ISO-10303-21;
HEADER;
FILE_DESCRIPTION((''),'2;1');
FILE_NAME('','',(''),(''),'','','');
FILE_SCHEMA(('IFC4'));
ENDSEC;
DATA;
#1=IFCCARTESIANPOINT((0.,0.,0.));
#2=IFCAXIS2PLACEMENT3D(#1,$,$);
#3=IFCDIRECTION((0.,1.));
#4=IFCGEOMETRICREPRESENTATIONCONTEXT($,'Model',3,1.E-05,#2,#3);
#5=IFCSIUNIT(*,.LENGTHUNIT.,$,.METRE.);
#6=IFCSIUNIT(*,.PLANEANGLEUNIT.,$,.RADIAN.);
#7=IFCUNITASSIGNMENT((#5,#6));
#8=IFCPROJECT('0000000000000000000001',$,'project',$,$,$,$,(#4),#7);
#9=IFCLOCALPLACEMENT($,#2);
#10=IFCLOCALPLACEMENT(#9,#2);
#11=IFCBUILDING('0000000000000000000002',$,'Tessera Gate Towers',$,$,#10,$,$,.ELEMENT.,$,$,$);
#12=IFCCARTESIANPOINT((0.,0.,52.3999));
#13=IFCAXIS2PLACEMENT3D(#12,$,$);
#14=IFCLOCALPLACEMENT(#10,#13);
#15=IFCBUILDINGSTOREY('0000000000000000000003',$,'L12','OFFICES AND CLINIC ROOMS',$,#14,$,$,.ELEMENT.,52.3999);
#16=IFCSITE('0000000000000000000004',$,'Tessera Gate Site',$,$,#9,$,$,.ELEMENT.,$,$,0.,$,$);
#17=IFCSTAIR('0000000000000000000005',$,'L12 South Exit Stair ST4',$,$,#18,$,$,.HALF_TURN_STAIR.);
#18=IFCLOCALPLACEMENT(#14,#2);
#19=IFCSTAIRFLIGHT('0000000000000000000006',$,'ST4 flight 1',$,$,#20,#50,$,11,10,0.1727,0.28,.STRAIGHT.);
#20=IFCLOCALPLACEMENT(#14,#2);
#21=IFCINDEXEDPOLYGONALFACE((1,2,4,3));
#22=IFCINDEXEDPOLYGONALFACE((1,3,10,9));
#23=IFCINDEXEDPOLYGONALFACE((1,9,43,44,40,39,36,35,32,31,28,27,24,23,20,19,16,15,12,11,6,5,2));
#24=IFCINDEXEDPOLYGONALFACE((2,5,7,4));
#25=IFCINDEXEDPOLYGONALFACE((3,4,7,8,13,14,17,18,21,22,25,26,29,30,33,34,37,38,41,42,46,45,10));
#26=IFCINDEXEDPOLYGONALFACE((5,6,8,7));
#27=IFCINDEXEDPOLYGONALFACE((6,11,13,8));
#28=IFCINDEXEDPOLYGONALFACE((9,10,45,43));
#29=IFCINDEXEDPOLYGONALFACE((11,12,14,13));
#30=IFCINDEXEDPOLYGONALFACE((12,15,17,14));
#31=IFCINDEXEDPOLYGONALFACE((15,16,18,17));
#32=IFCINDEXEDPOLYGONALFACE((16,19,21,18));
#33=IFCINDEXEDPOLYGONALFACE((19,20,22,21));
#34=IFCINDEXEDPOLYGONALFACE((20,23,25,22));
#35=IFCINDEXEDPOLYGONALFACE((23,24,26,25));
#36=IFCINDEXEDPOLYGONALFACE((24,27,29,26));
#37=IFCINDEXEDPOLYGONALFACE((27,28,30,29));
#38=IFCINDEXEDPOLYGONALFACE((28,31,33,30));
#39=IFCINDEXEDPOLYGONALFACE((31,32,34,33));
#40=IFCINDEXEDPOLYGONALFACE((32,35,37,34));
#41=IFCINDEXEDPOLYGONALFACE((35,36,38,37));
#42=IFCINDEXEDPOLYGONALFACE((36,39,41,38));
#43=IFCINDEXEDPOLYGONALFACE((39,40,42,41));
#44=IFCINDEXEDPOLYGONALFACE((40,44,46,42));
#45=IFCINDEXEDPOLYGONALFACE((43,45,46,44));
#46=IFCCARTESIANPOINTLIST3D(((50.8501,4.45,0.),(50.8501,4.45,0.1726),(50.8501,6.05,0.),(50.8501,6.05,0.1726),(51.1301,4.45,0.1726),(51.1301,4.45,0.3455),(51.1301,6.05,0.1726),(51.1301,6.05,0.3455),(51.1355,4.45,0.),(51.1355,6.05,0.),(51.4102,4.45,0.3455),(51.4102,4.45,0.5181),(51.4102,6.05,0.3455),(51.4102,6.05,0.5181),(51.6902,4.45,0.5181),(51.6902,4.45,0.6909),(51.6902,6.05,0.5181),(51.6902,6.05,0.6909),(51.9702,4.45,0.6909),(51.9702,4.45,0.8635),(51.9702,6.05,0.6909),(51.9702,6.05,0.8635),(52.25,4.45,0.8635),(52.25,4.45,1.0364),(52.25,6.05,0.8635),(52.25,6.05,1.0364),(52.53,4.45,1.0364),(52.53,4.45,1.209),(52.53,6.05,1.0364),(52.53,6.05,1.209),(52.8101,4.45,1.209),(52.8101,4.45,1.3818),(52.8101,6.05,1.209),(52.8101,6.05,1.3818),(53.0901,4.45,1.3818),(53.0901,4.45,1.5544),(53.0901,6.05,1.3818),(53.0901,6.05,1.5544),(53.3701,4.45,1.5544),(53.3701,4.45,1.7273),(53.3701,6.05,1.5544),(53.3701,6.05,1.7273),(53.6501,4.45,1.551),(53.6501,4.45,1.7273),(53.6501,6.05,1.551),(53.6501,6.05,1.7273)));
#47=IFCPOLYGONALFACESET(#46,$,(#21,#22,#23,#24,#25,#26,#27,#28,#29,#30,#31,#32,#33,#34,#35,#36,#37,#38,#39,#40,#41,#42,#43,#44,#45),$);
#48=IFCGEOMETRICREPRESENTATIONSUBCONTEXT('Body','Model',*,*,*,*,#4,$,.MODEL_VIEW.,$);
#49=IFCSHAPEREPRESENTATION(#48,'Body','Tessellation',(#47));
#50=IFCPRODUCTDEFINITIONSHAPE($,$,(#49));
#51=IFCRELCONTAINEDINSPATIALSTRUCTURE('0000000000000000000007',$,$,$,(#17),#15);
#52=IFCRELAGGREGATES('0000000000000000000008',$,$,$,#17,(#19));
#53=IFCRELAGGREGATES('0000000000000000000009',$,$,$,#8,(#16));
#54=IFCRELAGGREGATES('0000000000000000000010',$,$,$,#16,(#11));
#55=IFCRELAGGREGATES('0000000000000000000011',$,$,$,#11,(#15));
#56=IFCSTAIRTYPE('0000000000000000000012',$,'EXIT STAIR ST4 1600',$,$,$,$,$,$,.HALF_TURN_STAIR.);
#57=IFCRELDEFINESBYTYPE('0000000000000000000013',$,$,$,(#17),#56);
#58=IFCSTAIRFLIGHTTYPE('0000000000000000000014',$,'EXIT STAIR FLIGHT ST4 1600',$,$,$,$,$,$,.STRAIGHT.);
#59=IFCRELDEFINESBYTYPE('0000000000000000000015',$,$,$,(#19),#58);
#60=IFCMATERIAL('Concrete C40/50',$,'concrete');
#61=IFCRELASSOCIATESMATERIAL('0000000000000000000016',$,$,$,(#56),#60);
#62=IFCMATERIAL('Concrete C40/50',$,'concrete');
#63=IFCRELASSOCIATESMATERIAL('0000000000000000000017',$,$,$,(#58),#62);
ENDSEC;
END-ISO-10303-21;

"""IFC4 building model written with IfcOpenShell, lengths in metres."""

from ifc_helpers import new_model, si_unit, direction, frame, origin, place, context, subcontext, project, spatial, polyline, outline, extrude, material, type_object, element, aggregate, save


model = new_model("IFC4")

# Units and contexts
model_context = context("Model", 3, precision=1e-05, world=origin(), true_north=direction((0.0, 1.0)))
body_context = subcontext(model_context, "Body", "Model", "MODEL_VIEW")
ifc_project = project(units=[si_unit("LENGTHUNIT", "METRE"), si_unit("PLANEANGLEUNIT", "RADIAN")], contexts=[model_context])

# Site, building, storey
site_placement = place(None, origin())
site = spatial("IfcSite", under=ifc_project, at=site_placement, Name="Tessera Gate Site", CompositionType="ELEMENT", RefElevation=0.0)
building_placement = place(site_placement, origin())
building = spatial("IfcBuilding", under=site, at=building_placement, Name="Tessera Gate Towers", CompositionType="ELEMENT")
storey_placement = place(building_placement, frame((0.0, 0.0, 52.3999)))
storey = spatial("IfcBuildingStorey", under=building, at=storey_placement, Name="L12", Description="OFFICES AND CLINIC ROOMS", CompositionType="ELEMENT", Elevation=52.3999)

# Stair, stair flight
ifc_material_1 = material(Name="Concrete C40/50", Category="concrete")
stair_type = type_object("IfcStairType", Name="EXIT STAIR ST4 1600", PredefinedType="HALF_TURN_STAIR", material=ifc_material_1)
stair_placement = place(storey_placement, origin())
stair = element("IfcStair", 1, at=stair_placement, inside=storey, type_object=stair_type, Name="L12 South Exit Stair ST4", PredefinedType="HALF_TURN_STAIR")
ifc_material_2 = material(Name="Concrete C40/50", Category="concrete")
stair_flight_type = type_object("IfcStairFlightType", Name="EXIT STAIR FLIGHT ST4 1600", PredefinedType="STRAIGHT", material=ifc_material_2)
stair_flight_placement = place(storey_placement, frame((50.8501, 5.25, 0.0), z_axis=(0.0, 0.0, 1.0), x_axis=(1.0, 0.0, 0.0)))
stair_flight = element("IfcStairFlight", 2, at=stair_flight_placement, type_object=stair_flight_type, Name="ST4 flight 1", NumberOfRisers=11, NumberOfTreads=10, PredefinedType="STRAIGHT", RiserHeight=0.1727, TreadLength=0.28, context=body_context, shape_type="SweptSolid", body=[
    extrude(outline(polyline([(0.0, 0.0), (0.0, 0.1726), (0.28, 0.1726), (0.28, 0.3455), (0.5601, 0.3455), (0.5601, 0.5181), (0.8401, 0.5181), (0.8401, 0.6909), (1.1201, 0.6909), (1.1201, 0.8635), (1.3999, 0.8635), (1.3999, 1.0364), (1.6799, 1.0364), (1.6799, 1.209), (1.96, 1.209), (1.96, 1.3818), (2.24, 1.3818), (2.24, 1.5544), (2.52, 1.5544), (2.52, 1.7273), (2.8, 1.7273), (2.8, 1.8999), (2.8, 1.551), (0.2854, 0.0), (0.0, 0.0)])), frame((0.0, 0.8, 0.0), z_axis=(0.0, -1.0, 0.0), x_axis=(1.0, 0.0, 0.0)), (0.0, 0.0, 1.0), 1.6001),
])
aggregate(stair, [stair_flight])

save(model, "model.ifc")
